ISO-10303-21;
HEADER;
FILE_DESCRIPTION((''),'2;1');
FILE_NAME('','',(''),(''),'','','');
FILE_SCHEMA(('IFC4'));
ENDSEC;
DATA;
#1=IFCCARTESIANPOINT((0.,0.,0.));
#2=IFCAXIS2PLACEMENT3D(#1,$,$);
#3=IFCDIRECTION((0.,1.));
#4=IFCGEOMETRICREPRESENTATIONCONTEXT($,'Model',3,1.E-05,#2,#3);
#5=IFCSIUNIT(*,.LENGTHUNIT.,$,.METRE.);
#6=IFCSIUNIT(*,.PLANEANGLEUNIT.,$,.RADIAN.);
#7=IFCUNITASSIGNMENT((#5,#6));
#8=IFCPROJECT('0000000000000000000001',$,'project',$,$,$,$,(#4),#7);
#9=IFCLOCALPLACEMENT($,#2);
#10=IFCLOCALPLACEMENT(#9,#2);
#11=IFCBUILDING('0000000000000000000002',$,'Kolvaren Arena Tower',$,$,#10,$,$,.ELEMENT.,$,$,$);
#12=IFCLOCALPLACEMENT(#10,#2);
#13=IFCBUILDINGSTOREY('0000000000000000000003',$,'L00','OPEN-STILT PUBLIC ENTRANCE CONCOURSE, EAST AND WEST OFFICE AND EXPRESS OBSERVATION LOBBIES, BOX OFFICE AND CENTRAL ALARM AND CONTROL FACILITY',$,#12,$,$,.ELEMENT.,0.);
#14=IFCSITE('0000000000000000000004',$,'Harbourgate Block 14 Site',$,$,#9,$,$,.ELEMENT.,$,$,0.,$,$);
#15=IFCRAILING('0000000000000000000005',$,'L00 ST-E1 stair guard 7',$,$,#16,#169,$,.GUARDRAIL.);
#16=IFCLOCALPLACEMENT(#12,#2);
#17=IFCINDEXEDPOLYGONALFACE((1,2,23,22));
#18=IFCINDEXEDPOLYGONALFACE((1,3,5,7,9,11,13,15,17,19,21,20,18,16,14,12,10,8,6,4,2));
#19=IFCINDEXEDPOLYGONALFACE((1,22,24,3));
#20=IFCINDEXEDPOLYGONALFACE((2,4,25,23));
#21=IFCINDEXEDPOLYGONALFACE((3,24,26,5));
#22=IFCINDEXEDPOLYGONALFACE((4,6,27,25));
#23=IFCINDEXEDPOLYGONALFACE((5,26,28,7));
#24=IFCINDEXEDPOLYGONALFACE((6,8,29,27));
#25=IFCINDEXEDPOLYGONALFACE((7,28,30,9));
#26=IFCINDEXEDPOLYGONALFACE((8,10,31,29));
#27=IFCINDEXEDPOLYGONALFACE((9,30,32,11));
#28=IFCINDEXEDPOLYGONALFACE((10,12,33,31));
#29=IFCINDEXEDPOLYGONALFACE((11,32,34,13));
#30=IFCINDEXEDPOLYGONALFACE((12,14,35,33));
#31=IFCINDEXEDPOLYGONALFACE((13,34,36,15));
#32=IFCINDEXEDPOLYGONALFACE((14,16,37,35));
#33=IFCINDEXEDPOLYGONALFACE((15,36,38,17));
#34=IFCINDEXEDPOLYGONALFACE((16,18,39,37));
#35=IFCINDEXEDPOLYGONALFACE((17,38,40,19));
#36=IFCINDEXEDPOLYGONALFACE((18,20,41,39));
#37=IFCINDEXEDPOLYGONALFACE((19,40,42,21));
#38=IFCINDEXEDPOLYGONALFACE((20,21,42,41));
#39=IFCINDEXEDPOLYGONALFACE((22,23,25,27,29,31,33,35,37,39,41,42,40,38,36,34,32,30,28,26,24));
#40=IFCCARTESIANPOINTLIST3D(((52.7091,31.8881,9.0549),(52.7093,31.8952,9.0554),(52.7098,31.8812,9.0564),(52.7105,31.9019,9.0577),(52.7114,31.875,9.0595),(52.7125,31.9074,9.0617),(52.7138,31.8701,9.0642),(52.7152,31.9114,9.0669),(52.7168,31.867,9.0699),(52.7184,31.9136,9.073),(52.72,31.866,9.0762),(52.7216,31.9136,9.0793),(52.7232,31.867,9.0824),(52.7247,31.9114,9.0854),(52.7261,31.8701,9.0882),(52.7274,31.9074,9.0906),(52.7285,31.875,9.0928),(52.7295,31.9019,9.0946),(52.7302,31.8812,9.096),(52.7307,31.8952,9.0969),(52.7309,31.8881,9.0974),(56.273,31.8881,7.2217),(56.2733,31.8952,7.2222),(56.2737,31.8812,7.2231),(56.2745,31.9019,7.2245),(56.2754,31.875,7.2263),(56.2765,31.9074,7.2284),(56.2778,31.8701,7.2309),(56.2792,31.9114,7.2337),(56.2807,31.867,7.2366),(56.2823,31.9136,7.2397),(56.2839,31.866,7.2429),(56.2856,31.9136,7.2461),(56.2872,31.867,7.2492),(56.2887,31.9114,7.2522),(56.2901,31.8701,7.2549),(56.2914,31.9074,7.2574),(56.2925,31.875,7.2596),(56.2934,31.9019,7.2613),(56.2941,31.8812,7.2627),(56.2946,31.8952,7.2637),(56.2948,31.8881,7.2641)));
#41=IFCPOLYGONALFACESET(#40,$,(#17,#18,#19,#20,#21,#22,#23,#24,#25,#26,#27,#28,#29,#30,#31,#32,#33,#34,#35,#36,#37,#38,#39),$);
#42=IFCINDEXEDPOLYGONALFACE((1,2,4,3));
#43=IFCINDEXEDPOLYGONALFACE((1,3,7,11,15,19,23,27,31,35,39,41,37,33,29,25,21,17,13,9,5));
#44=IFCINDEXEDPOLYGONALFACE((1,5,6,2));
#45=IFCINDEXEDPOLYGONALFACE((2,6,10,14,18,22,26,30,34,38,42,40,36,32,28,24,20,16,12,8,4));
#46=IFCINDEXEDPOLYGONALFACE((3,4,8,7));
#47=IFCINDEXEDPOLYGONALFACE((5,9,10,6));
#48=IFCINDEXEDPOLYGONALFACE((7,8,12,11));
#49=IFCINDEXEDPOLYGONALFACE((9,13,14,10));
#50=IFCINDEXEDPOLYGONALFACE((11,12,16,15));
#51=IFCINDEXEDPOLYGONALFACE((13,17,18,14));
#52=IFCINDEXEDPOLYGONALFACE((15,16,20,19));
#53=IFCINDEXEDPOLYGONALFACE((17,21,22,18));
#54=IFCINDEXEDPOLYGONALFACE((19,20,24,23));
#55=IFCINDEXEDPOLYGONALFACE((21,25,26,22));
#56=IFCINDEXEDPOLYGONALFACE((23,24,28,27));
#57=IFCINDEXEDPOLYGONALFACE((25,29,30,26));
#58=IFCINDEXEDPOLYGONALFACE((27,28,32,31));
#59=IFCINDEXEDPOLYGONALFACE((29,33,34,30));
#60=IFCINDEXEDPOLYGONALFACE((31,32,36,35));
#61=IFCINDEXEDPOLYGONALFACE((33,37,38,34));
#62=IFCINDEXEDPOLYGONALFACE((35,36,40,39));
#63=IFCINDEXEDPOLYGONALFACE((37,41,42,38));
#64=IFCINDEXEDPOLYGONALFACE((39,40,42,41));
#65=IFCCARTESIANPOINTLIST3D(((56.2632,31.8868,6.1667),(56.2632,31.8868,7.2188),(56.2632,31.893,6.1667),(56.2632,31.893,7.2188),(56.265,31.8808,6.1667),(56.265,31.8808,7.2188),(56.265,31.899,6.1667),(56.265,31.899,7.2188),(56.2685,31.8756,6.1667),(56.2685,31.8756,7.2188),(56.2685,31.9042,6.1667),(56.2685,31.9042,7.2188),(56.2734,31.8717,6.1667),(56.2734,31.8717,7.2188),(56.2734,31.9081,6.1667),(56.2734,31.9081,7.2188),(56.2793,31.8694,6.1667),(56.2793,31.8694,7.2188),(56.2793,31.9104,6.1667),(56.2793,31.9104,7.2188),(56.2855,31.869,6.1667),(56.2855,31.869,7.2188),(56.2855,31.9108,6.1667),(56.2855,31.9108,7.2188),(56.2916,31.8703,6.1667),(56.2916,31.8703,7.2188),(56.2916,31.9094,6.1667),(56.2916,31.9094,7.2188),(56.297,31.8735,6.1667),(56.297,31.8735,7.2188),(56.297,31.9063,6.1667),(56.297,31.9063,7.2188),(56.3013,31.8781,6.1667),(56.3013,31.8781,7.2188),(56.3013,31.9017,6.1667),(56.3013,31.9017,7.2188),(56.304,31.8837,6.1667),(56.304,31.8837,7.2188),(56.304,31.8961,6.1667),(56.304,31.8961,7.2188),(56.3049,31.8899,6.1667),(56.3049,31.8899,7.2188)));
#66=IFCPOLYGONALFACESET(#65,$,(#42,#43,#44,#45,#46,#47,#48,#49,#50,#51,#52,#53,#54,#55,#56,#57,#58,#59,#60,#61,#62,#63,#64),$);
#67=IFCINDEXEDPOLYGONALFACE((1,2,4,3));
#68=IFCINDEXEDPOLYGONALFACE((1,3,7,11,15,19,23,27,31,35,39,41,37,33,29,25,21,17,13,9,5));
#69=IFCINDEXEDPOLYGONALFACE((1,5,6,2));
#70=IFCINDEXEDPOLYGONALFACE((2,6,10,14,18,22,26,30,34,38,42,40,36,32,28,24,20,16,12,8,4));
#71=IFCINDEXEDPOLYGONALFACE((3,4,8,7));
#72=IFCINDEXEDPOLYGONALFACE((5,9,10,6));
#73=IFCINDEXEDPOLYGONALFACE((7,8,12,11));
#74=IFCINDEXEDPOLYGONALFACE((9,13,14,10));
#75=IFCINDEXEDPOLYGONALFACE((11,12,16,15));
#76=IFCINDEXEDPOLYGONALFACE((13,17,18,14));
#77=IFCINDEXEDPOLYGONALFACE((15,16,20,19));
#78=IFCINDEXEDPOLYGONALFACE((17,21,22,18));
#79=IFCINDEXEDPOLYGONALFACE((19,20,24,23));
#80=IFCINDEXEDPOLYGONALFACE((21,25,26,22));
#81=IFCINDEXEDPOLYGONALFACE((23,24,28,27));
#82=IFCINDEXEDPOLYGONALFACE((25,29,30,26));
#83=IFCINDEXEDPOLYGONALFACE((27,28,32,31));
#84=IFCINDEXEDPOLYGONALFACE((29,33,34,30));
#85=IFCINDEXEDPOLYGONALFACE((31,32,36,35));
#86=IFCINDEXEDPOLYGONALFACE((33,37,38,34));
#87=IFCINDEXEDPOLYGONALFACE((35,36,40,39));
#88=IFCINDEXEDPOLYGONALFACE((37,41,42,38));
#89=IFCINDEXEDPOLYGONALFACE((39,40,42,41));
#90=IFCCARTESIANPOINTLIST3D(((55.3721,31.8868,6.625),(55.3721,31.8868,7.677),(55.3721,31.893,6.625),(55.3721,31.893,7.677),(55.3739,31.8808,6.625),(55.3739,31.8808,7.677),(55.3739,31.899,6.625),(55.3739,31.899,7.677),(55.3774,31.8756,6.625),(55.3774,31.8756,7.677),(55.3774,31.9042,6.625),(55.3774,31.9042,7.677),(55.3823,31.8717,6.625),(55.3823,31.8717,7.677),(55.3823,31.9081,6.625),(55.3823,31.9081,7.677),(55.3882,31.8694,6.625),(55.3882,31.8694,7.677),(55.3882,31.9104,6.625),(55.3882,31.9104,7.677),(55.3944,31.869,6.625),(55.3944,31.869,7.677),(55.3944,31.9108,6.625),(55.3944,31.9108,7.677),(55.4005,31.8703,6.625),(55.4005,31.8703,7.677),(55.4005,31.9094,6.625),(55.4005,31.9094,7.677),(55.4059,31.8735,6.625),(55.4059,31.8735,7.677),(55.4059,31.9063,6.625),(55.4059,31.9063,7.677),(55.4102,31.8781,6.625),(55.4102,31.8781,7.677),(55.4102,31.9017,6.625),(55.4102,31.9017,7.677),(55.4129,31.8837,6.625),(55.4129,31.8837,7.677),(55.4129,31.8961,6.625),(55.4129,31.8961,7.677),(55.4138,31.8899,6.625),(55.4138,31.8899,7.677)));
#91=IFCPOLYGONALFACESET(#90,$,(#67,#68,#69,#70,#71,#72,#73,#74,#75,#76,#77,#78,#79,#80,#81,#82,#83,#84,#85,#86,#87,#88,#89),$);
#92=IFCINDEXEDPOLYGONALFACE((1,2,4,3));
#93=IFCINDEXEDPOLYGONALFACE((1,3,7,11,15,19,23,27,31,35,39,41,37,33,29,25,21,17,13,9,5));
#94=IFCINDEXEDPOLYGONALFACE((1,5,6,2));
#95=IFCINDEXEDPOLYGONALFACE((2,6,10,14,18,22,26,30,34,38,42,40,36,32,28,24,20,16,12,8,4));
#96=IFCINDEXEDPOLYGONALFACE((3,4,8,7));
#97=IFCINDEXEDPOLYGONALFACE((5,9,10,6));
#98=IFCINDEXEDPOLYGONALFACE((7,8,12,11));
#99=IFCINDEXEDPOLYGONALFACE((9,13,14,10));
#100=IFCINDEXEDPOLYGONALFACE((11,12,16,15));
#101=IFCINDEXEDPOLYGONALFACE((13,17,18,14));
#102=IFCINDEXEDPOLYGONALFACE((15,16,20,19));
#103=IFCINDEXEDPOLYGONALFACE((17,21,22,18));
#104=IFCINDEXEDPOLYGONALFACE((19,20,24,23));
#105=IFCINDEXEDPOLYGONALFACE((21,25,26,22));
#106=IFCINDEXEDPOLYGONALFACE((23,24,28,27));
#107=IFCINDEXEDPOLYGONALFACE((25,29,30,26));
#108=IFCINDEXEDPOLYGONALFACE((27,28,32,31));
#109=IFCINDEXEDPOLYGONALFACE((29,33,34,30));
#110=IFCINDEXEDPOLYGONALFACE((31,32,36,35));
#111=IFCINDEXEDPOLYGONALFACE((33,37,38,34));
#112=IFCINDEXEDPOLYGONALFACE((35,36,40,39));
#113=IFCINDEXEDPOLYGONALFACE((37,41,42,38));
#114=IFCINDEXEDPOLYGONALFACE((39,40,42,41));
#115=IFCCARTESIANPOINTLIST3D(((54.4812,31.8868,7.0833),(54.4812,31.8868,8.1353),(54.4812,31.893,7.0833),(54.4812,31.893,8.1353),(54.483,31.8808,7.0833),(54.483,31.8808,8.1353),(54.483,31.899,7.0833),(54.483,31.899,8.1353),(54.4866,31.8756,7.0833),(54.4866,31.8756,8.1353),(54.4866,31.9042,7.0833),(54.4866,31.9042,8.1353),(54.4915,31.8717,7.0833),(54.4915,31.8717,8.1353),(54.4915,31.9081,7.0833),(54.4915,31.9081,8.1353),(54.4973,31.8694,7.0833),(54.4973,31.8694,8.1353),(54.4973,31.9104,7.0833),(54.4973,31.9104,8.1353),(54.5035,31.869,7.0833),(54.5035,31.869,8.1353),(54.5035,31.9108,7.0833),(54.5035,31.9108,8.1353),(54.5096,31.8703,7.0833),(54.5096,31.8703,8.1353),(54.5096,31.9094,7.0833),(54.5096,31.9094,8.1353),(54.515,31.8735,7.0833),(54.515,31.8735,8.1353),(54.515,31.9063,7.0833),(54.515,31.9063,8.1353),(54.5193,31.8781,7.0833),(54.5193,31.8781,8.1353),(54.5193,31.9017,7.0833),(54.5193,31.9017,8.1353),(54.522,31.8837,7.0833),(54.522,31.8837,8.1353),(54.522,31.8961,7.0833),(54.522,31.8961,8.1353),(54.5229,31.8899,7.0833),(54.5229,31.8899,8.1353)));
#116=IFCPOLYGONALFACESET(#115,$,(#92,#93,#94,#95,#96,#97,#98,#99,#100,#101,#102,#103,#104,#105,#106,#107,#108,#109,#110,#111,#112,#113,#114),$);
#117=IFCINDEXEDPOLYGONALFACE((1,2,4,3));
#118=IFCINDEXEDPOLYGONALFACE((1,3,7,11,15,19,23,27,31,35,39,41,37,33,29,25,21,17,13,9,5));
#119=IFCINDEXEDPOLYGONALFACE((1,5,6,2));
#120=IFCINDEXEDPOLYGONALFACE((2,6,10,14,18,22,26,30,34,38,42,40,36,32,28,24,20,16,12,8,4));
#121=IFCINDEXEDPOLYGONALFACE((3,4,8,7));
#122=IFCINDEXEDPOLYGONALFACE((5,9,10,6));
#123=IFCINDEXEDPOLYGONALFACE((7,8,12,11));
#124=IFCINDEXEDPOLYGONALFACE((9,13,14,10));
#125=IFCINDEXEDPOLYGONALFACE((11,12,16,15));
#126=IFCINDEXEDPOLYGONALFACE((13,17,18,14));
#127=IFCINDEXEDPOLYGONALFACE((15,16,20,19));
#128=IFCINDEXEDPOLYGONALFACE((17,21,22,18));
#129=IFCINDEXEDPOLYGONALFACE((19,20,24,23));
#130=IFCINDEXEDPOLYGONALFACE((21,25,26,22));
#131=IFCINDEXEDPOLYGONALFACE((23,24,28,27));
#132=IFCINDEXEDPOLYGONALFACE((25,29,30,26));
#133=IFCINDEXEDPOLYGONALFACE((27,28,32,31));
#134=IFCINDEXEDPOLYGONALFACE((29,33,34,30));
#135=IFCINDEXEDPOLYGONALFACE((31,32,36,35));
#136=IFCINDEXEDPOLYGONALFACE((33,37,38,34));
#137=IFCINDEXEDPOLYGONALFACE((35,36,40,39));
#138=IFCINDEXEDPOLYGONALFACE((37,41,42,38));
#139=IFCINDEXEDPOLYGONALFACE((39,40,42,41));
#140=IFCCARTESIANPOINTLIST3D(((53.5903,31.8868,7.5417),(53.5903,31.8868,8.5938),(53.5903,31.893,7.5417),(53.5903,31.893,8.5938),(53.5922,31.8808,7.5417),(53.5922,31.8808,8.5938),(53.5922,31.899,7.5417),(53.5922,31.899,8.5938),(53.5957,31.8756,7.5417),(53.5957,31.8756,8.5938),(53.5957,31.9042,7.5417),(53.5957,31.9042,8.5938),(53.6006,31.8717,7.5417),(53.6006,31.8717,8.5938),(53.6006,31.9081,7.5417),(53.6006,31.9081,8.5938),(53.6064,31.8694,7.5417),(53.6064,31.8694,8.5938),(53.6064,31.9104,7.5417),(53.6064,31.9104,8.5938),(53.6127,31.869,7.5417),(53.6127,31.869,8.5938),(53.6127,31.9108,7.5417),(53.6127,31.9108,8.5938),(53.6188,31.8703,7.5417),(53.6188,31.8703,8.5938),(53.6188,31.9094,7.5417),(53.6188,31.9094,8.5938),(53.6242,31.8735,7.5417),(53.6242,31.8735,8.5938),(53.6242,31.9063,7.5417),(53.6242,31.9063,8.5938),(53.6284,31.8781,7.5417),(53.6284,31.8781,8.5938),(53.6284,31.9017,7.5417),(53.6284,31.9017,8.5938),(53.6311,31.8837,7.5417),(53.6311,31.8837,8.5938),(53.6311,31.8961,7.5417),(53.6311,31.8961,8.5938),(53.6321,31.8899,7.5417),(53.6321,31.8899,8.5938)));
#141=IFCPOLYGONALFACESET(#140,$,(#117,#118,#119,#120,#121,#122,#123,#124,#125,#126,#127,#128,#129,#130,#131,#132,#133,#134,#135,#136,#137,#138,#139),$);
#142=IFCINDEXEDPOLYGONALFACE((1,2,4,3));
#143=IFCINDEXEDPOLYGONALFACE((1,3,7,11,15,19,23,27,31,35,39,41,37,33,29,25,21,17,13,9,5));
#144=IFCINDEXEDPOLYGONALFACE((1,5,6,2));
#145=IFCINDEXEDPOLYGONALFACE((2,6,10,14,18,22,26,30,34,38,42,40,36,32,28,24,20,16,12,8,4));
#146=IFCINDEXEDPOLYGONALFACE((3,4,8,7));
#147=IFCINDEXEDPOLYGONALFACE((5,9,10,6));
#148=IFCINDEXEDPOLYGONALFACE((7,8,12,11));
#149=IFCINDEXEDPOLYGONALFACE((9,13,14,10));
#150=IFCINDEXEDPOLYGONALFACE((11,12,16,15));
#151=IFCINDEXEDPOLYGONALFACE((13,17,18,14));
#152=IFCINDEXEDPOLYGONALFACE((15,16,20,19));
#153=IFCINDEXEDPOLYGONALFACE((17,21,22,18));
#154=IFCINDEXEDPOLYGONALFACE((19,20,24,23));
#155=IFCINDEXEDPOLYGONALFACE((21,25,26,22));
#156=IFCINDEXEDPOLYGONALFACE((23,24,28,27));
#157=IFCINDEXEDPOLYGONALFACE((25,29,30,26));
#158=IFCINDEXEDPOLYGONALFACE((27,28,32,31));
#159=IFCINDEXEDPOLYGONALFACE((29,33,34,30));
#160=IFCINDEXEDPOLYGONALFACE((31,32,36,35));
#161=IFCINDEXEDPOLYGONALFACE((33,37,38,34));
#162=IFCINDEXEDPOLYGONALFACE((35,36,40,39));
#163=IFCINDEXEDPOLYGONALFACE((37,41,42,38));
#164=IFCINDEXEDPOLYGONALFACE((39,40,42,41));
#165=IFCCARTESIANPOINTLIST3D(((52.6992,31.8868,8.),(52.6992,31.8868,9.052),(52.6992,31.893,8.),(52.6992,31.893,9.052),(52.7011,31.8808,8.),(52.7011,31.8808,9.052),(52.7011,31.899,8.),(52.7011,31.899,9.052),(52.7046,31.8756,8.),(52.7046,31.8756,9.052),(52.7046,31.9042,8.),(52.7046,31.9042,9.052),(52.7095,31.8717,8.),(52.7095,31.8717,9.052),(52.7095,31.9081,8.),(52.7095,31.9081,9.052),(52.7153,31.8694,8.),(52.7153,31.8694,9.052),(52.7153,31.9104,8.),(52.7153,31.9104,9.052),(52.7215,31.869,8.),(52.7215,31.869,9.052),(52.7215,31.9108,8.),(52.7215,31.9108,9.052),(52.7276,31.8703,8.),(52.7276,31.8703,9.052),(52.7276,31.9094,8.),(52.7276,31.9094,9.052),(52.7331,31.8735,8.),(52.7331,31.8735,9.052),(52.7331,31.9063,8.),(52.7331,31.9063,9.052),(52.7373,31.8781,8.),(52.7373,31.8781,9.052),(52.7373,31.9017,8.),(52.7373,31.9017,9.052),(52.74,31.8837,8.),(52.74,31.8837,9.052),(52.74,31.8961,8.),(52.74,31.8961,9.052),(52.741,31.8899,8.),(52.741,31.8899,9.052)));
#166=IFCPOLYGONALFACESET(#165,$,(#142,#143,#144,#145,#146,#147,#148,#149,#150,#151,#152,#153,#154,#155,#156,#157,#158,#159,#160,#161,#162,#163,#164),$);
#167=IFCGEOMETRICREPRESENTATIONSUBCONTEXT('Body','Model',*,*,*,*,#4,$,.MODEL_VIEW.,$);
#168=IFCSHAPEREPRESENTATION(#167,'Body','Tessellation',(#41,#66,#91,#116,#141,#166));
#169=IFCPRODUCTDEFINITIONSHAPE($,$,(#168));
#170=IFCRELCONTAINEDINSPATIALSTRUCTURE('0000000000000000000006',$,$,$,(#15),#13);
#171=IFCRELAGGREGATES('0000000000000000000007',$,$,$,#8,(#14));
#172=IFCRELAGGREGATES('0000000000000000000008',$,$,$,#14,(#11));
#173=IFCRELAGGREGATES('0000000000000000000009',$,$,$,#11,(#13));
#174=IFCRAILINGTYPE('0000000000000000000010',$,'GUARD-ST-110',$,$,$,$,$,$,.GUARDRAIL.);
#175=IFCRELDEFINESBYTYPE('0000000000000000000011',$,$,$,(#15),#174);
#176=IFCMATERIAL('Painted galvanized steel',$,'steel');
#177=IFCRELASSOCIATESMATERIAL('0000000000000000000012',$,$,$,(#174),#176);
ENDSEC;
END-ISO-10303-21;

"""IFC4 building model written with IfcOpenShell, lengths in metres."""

from ifc_helpers import new_model, si_unit, direction, frame, origin, origin_2d, place, context, subcontext, project, spatial, circle, extrude, material, type_object, element, save


model = new_model("IFC4")

# Units and contexts
model_context = context("Model", 3, precision=1e-05, world=origin(), true_north=direction((0.0, 1.0)))
body_context = subcontext(model_context, "Body", "Model", "MODEL_VIEW")
ifc_project = project(units=[si_unit("LENGTHUNIT", "METRE"), si_unit("PLANEANGLEUNIT", "RADIAN")], contexts=[model_context])

# Site, building, storey
site_placement = place(None, origin())
site = spatial("IfcSite", under=ifc_project, at=site_placement, Name="Harbourgate Block 14 Site", CompositionType="ELEMENT", RefElevation=0.0)
building_placement = place(site_placement, origin())
building = spatial("IfcBuilding", under=site, at=building_placement, Name="Kolvaren Arena Tower", CompositionType="ELEMENT")
storey_placement = place(building_placement, origin())
storey = spatial("IfcBuildingStorey", under=building, at=storey_placement, Name="L00", Description="OPEN-STILT PUBLIC ENTRANCE CONCOURSE, EAST AND WEST OFFICE AND EXPRESS OBSERVATION LOBBIES, BOX OFFICE AND CENTRAL ALARM AND CONTROL FACILITY", CompositionType="ELEMENT", Elevation=0.0)

# Railing
ifc_material_1 = material(Name="Painted galvanized steel", Category="steel")
railing_type_1 = type_object("IfcRailingType", Name="GUARD-ST-110", PredefinedType="GUARDRAIL", material=ifc_material_1)
railing_1_placement = place(storey_placement, frame((56.2839, 31.8899, 6.1667)))
element("IfcRailing", 1, at=railing_1_placement, inside=storey, type_object=railing_type_1, Name="L00 ST-E1 stair guard 7", PredefinedType="GUARDRAIL", context=body_context, shape_type="SweptSolid", body=[
    extrude(circle(Radius=0.0239, at=origin_2d()), frame((0.0, 0.0, 1.0762), z_axis=(-0.889252, 0.0, 0.457418), x_axis=(0.0, -1.0, 0.0)), (0.0, 0.0, 1.0), 4.0078),
    extrude(circle(Radius=0.021, at=origin_2d()), origin(), (0.0, 0.0, 1.0), 1.052),
    extrude(circle(Radius=0.021, at=origin_2d()), frame((-0.8911, 0.0, 0.4583)), (0.0, 0.0, 1.0), 1.052),
    extrude(circle(Radius=0.021, at=origin_2d()), frame((-1.782, 0.0, 0.9165)), (0.0, 0.0, 1.0), 1.052),
    extrude(circle(Radius=0.021, at=origin_2d()), frame((-2.6729, 0.0, 1.375)), (0.0, 0.0, 1.0), 1.052),
    extrude(circle(Radius=0.021, at=origin_2d()), frame((-3.564, 0.0, 1.8333)), (0.0, 0.0, 1.0), 1.052),
])

save(model, "model.ifc")
